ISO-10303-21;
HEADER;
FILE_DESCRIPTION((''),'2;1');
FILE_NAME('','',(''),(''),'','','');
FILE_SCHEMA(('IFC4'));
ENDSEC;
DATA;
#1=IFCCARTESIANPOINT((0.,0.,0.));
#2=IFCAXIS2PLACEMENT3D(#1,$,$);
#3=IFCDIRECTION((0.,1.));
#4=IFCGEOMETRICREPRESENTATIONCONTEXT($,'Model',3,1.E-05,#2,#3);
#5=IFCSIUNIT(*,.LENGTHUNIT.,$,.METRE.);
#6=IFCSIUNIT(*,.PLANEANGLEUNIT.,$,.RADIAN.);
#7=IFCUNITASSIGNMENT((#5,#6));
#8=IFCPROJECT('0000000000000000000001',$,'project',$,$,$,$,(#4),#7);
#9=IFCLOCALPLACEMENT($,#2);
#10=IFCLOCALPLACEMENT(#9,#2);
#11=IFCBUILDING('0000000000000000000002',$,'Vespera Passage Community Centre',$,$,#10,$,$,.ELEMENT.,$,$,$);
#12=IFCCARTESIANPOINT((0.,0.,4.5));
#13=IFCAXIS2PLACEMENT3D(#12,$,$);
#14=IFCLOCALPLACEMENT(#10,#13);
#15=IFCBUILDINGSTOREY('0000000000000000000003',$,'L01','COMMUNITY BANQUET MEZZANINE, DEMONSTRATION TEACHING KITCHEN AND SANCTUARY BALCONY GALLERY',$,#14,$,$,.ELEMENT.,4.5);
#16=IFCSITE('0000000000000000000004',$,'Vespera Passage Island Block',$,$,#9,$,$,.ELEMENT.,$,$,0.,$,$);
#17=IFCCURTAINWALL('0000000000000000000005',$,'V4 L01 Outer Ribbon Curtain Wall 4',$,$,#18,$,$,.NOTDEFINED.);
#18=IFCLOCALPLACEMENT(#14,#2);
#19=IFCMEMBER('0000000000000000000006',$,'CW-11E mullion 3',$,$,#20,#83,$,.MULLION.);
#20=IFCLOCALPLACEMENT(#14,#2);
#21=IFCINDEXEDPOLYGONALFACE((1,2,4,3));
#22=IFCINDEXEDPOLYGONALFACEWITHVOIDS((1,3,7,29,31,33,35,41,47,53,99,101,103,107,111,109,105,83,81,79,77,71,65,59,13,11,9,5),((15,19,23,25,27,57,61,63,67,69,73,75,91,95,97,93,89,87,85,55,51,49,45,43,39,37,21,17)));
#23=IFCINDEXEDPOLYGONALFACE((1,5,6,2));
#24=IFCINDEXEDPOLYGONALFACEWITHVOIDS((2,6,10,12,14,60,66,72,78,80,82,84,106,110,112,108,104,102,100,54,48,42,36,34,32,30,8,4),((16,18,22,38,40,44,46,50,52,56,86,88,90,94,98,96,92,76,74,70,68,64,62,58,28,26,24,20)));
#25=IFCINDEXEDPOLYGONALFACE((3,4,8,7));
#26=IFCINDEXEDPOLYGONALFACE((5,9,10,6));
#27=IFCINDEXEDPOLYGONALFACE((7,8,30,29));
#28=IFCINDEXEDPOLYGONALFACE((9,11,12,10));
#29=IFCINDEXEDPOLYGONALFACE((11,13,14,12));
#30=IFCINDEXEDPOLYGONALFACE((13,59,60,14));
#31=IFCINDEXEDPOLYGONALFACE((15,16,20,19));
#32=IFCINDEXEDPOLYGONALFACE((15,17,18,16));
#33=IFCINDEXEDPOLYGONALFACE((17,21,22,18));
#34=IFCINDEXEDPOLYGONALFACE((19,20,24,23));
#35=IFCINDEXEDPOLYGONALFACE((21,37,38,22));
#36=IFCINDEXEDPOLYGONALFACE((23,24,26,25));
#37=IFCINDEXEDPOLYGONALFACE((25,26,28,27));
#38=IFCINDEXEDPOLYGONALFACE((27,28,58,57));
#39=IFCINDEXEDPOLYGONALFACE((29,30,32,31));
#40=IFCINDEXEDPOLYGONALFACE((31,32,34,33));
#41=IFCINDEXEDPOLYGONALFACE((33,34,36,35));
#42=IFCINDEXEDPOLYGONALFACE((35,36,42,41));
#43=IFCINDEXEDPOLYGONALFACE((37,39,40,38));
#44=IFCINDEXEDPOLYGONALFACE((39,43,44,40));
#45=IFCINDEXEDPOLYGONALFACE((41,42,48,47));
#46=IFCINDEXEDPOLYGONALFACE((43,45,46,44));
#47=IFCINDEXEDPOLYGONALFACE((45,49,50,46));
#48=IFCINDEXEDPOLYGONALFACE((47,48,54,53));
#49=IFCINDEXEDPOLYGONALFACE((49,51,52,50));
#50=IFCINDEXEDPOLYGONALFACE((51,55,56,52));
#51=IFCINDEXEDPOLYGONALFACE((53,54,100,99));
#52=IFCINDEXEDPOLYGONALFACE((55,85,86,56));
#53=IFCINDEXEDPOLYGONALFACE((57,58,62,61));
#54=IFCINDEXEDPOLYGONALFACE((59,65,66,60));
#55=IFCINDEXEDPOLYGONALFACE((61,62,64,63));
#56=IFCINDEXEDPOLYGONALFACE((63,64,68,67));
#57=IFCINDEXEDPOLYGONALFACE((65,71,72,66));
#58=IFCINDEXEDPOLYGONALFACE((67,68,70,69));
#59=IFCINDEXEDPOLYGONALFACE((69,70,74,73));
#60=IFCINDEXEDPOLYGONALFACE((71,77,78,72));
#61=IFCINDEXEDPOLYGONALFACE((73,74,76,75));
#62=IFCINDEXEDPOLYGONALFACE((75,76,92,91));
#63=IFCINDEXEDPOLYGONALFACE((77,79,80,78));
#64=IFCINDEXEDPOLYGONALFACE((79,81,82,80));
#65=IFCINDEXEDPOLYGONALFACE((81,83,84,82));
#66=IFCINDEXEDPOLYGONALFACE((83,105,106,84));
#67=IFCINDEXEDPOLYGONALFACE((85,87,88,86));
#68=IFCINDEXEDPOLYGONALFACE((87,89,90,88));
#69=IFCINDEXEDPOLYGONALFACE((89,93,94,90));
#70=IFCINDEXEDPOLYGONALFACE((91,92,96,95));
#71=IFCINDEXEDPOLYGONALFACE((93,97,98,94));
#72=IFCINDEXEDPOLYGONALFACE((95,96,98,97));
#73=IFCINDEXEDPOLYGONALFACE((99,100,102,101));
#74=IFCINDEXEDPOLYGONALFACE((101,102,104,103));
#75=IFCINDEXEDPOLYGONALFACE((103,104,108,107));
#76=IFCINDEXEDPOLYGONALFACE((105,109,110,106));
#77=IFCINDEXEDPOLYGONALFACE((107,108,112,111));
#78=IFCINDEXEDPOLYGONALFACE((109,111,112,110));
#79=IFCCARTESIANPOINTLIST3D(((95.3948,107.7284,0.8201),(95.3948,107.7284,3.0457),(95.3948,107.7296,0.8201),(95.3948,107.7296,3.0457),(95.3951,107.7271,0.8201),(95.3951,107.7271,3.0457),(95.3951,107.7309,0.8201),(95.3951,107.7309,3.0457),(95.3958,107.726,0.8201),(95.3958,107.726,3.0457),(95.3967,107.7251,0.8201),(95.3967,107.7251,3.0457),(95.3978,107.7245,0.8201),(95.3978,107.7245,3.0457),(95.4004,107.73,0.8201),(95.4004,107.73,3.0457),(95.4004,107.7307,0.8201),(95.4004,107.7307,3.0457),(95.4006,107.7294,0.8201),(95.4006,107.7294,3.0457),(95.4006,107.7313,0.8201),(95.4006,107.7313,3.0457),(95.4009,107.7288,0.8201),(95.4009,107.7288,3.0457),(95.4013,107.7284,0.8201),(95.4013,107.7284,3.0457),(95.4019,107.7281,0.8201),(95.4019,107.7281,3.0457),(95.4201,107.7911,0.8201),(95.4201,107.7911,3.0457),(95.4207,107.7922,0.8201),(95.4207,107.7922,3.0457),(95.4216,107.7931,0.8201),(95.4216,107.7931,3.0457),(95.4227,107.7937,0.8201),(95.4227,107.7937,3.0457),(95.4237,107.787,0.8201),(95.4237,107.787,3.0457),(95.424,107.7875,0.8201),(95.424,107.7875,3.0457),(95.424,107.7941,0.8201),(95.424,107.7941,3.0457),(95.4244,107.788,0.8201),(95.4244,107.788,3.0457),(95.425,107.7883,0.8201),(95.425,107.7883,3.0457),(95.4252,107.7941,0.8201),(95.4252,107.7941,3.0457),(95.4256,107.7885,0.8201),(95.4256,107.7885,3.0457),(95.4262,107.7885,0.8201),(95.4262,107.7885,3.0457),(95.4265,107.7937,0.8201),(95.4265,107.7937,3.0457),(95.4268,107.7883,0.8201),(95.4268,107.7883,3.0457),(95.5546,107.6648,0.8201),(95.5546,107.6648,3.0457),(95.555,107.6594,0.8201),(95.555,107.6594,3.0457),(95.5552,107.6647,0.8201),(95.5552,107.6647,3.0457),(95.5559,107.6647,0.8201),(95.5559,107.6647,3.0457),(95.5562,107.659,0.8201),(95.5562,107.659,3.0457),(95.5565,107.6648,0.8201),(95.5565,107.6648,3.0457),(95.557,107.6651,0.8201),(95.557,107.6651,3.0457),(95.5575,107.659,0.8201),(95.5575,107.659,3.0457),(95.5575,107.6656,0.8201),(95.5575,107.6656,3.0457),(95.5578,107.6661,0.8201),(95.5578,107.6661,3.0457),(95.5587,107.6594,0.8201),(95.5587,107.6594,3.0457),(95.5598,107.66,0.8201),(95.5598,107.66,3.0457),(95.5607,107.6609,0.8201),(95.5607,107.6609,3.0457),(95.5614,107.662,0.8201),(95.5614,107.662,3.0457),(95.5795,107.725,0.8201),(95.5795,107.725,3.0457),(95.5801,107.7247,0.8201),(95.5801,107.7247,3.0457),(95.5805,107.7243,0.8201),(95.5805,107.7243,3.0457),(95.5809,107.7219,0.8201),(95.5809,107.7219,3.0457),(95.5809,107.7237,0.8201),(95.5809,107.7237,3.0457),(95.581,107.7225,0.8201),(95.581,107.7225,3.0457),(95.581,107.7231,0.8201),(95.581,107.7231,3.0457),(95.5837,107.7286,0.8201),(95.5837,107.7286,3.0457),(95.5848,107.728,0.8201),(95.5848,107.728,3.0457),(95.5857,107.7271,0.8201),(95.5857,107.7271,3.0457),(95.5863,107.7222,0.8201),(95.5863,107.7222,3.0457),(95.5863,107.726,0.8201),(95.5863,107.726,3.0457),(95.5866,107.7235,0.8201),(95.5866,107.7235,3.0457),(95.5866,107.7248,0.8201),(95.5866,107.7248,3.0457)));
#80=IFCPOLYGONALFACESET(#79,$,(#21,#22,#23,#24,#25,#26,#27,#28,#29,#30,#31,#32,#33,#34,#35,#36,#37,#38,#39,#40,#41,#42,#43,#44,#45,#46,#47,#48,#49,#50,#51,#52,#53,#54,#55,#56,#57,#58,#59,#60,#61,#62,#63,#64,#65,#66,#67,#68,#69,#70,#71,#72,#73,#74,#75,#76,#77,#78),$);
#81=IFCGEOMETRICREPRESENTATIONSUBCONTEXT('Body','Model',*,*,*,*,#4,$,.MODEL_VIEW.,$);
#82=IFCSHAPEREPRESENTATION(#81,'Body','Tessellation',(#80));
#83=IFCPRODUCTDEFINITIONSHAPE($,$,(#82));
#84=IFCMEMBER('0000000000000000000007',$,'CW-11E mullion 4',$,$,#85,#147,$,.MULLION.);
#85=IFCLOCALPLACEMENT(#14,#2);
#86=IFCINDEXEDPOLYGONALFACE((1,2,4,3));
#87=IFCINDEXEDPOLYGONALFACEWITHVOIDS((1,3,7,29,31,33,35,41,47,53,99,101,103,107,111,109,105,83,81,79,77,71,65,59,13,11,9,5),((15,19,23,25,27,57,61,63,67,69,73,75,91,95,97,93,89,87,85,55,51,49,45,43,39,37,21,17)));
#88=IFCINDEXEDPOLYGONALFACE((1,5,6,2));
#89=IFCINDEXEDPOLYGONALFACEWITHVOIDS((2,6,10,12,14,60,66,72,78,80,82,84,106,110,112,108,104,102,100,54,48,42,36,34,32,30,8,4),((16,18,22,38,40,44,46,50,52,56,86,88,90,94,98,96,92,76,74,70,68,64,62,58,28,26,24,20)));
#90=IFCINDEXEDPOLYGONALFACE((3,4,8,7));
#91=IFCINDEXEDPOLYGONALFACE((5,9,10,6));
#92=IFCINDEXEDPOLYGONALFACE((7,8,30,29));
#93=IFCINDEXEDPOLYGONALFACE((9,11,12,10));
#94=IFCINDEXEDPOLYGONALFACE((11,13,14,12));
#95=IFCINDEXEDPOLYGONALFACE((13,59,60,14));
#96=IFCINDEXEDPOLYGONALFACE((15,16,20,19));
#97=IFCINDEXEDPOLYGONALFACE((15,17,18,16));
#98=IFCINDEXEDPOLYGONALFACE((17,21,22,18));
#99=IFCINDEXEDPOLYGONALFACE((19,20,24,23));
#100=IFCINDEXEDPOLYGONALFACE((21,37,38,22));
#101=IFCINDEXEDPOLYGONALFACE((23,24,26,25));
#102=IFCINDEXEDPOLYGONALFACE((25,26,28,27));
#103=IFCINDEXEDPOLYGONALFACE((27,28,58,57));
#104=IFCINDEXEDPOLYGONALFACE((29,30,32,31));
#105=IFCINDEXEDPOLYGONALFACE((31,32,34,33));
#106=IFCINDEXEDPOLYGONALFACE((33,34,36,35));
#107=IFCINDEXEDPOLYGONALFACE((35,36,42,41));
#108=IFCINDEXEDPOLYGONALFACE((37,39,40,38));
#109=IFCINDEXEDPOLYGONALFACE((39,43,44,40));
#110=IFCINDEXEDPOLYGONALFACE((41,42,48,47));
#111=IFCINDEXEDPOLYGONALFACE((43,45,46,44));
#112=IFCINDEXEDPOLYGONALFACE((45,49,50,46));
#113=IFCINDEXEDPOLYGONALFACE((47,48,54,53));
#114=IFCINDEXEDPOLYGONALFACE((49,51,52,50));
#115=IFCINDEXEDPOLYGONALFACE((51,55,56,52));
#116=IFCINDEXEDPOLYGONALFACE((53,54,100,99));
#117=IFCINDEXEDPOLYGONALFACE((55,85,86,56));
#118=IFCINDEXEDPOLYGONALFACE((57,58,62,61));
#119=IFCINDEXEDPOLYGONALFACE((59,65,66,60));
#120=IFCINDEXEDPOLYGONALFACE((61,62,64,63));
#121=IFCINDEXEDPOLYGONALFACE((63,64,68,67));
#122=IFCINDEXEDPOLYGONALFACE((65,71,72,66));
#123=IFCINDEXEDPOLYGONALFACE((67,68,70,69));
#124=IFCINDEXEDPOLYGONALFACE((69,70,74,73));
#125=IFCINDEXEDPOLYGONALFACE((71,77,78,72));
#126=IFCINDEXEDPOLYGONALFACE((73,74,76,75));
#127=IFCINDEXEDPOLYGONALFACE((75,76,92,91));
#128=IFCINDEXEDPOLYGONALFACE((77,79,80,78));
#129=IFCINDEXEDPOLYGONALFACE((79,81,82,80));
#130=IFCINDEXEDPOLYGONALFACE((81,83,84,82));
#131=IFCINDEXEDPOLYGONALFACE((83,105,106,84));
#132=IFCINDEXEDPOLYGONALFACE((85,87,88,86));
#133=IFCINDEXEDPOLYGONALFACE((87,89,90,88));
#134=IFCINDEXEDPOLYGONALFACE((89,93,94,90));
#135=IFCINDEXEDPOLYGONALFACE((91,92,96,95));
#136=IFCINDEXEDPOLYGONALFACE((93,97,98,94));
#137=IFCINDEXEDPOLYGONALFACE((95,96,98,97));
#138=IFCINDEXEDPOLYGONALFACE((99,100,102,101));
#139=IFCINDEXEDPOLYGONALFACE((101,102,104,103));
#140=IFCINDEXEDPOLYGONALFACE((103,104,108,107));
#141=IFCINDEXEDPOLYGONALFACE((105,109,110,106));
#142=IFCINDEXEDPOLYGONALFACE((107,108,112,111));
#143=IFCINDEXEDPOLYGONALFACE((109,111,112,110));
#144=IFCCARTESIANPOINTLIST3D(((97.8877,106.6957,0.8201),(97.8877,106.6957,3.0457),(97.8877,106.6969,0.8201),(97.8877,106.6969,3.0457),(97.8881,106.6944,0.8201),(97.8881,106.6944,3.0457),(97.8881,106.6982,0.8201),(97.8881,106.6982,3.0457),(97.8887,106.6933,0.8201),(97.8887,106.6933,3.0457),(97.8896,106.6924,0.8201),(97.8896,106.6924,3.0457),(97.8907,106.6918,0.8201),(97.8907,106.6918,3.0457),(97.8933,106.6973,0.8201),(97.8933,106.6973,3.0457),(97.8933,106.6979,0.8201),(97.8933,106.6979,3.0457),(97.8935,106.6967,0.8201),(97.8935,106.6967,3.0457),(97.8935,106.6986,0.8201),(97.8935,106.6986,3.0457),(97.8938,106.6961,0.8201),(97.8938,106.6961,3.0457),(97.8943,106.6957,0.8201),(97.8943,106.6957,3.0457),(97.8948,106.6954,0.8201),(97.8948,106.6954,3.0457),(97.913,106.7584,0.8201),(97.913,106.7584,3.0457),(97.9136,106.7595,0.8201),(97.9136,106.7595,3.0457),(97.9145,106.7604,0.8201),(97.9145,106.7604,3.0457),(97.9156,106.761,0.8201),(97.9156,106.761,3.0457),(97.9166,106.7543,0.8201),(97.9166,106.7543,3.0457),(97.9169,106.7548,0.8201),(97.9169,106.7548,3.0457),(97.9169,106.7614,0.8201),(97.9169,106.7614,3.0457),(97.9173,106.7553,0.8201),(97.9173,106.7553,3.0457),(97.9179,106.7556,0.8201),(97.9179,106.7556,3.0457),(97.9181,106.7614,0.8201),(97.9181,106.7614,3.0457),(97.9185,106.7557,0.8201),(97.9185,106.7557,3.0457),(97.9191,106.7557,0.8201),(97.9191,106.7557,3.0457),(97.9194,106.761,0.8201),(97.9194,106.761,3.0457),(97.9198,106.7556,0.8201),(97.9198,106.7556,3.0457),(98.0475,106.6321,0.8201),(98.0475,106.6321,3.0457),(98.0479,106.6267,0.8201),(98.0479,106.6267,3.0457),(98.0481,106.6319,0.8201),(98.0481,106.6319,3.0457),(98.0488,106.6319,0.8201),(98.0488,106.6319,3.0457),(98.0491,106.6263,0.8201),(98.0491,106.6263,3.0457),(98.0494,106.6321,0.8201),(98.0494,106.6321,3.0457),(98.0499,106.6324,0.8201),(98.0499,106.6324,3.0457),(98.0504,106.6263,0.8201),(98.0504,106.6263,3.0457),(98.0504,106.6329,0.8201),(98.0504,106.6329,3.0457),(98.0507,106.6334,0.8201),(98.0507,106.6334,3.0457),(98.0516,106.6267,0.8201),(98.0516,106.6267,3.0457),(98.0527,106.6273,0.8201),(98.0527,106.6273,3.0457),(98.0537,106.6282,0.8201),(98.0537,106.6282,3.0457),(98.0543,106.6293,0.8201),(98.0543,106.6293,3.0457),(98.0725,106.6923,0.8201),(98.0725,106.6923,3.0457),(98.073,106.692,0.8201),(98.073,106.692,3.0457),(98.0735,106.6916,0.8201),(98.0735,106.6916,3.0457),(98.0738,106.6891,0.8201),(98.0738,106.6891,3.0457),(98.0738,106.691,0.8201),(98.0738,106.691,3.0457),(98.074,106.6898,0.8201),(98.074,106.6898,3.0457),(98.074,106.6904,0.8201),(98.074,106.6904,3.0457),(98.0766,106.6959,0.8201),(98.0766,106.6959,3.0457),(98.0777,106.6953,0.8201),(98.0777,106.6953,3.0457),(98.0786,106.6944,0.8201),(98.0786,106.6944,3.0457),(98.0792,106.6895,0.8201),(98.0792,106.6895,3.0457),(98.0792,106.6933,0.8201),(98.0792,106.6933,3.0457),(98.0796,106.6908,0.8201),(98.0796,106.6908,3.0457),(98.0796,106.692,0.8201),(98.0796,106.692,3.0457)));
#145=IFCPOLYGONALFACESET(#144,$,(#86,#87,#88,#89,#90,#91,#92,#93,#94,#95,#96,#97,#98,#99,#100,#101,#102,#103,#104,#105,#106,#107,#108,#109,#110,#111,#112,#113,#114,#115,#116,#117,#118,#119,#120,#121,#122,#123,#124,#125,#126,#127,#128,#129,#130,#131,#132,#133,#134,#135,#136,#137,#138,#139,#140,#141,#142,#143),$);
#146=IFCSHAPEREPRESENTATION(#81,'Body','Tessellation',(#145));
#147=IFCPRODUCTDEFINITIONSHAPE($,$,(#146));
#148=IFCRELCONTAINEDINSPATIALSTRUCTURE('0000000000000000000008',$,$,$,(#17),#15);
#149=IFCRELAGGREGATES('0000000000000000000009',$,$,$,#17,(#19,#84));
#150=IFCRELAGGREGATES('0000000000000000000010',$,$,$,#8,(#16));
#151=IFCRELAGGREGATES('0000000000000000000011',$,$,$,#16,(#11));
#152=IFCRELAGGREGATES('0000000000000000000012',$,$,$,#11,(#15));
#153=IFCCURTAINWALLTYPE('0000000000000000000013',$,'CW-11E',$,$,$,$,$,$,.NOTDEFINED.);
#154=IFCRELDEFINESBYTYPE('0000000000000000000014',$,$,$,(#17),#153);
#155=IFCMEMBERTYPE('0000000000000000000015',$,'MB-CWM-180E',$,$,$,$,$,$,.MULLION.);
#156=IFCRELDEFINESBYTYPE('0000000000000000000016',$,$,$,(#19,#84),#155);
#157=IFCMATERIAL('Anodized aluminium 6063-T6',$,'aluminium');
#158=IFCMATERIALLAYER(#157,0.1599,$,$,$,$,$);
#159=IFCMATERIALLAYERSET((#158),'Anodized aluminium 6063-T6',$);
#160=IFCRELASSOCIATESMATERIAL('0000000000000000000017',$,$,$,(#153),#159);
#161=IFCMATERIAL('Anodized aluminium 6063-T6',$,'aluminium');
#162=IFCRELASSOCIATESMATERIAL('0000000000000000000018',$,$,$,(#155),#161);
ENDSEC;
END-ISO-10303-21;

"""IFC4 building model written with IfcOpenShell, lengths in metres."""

from ifc_helpers import new_model, si_unit, direction, frame, origin, origin_2d, place, context, subcontext, project, spatial, hollow_rectangle, extrude, material, layer, layer_set, material_profile, profile_set, type_object, element, aggregate, save


model = new_model("IFC4")

# Units and contexts
model_context = context("Model", 3, precision=1e-05, world=origin(), true_north=direction((0.0, 1.0)))
body_context = subcontext(model_context, "Body", "Model", "MODEL_VIEW")
ifc_project = project(units=[si_unit("LENGTHUNIT", "METRE"), si_unit("PLANEANGLEUNIT", "RADIAN")], contexts=[model_context])

# Site, building, storey
site_placement = place(None, origin())
site = spatial("IfcSite", under=ifc_project, at=site_placement, Name="Vespera Passage Island Block", CompositionType="ELEMENT", RefElevation=0.0)
building_placement = place(site_placement, origin())
building = spatial("IfcBuilding", under=site, at=building_placement, Name="Vespera Passage Community Centre", CompositionType="ELEMENT")
storey_placement = place(building_placement, frame((0.0, 0.0, 4.5)))
storey = spatial("IfcBuildingStorey", under=building, at=storey_placement, Name="L01", Description="COMMUNITY BANQUET MEZZANINE, DEMONSTRATION TEACHING KITCHEN AND SANCTUARY BALCONY GALLERY", CompositionType="ELEMENT", Elevation=4.5)

# Curtain wall, members
ifc_material_1 = material(Name="Anodized aluminium 6063-T6", Category="aluminium")
ifc_layer_1 = layer(ifc_material_1, 0.1599)
ifc_layer_set_1 = layer_set([ifc_layer_1], Name="Anodized aluminium 6063-T6")
curtain_wall_type_1 = type_object("IfcCurtainWallType", Name="CW-11E", PredefinedType="NOTDEFINED", material=ifc_layer_set_1)
curtain_wall_1_placement = place(storey_placement, origin())
curtain_wall_1 = element("IfcCurtainWall", 1, at=curtain_wall_1_placement, inside=storey, type_object=curtain_wall_type_1, Name="V4 L01 Outer Ribbon Curtain Wall 4", PredefinedType="NOTDEFINED")
ifc_material_2 = material(Name="Anodized aluminium 6063-T6", Category="aluminium")
ifc_material_profile_1 = material_profile(ifc_material_2, hollow_rectangle(XDim=0.075, YDim=0.1799, WallThickness=0.0049, InnerFilletRadius=0.0024, OuterFilletRadius=0.0049, at=origin_2d()), Name="ALU180X75X5")
ifc_profile_set_1 = profile_set([ifc_material_profile_1], Name="Anodized aluminium 6063-T6")
member_type_1 = type_object("IfcMemberType", Name="MB-CWM-180E", PredefinedType="MULLION", material=ifc_profile_set_1)
member_1_placement = place(storey_placement, frame((95.4907, 107.7266, 0.8201), z_axis=(0.0, 0.0, 1.0), x_axis=(0.382683, 0.92388, 0.0)))
member_1 = element("IfcMember", 2, at=member_1_placement, type_object=member_type_1, Name="CW-11E mullion 3", PredefinedType="MULLION", context=body_context, shape_type="SweptSolid", body=[
    extrude(hollow_rectangle(XDim=0.075, YDim=0.1799, WallThickness=0.0049, InnerFilletRadius=0.0024, OuterFilletRadius=0.0049, at=origin_2d()), origin(), (0.0, 0.0, 1.0), 2.2256),
])
member_2_placement = place(storey_placement, frame((97.9836, 106.6938, 0.8201), z_axis=(0.0, 0.0, 1.0), x_axis=(0.382683, 0.92388, 0.0)))
member_2 = element("IfcMember", 3, at=member_2_placement, type_object=member_type_1, Name="CW-11E mullion 4", PredefinedType="MULLION", context=body_context, shape_type="SweptSolid", body=[
    extrude(hollow_rectangle(XDim=0.075, YDim=0.1799, WallThickness=0.0049, InnerFilletRadius=0.0024, OuterFilletRadius=0.0049, at=origin_2d()), origin(), (0.0, 0.0, 1.0), 2.2256),
])

aggregate(curtain_wall_1, [member_1, member_2])

save(model, "model.ifc")
